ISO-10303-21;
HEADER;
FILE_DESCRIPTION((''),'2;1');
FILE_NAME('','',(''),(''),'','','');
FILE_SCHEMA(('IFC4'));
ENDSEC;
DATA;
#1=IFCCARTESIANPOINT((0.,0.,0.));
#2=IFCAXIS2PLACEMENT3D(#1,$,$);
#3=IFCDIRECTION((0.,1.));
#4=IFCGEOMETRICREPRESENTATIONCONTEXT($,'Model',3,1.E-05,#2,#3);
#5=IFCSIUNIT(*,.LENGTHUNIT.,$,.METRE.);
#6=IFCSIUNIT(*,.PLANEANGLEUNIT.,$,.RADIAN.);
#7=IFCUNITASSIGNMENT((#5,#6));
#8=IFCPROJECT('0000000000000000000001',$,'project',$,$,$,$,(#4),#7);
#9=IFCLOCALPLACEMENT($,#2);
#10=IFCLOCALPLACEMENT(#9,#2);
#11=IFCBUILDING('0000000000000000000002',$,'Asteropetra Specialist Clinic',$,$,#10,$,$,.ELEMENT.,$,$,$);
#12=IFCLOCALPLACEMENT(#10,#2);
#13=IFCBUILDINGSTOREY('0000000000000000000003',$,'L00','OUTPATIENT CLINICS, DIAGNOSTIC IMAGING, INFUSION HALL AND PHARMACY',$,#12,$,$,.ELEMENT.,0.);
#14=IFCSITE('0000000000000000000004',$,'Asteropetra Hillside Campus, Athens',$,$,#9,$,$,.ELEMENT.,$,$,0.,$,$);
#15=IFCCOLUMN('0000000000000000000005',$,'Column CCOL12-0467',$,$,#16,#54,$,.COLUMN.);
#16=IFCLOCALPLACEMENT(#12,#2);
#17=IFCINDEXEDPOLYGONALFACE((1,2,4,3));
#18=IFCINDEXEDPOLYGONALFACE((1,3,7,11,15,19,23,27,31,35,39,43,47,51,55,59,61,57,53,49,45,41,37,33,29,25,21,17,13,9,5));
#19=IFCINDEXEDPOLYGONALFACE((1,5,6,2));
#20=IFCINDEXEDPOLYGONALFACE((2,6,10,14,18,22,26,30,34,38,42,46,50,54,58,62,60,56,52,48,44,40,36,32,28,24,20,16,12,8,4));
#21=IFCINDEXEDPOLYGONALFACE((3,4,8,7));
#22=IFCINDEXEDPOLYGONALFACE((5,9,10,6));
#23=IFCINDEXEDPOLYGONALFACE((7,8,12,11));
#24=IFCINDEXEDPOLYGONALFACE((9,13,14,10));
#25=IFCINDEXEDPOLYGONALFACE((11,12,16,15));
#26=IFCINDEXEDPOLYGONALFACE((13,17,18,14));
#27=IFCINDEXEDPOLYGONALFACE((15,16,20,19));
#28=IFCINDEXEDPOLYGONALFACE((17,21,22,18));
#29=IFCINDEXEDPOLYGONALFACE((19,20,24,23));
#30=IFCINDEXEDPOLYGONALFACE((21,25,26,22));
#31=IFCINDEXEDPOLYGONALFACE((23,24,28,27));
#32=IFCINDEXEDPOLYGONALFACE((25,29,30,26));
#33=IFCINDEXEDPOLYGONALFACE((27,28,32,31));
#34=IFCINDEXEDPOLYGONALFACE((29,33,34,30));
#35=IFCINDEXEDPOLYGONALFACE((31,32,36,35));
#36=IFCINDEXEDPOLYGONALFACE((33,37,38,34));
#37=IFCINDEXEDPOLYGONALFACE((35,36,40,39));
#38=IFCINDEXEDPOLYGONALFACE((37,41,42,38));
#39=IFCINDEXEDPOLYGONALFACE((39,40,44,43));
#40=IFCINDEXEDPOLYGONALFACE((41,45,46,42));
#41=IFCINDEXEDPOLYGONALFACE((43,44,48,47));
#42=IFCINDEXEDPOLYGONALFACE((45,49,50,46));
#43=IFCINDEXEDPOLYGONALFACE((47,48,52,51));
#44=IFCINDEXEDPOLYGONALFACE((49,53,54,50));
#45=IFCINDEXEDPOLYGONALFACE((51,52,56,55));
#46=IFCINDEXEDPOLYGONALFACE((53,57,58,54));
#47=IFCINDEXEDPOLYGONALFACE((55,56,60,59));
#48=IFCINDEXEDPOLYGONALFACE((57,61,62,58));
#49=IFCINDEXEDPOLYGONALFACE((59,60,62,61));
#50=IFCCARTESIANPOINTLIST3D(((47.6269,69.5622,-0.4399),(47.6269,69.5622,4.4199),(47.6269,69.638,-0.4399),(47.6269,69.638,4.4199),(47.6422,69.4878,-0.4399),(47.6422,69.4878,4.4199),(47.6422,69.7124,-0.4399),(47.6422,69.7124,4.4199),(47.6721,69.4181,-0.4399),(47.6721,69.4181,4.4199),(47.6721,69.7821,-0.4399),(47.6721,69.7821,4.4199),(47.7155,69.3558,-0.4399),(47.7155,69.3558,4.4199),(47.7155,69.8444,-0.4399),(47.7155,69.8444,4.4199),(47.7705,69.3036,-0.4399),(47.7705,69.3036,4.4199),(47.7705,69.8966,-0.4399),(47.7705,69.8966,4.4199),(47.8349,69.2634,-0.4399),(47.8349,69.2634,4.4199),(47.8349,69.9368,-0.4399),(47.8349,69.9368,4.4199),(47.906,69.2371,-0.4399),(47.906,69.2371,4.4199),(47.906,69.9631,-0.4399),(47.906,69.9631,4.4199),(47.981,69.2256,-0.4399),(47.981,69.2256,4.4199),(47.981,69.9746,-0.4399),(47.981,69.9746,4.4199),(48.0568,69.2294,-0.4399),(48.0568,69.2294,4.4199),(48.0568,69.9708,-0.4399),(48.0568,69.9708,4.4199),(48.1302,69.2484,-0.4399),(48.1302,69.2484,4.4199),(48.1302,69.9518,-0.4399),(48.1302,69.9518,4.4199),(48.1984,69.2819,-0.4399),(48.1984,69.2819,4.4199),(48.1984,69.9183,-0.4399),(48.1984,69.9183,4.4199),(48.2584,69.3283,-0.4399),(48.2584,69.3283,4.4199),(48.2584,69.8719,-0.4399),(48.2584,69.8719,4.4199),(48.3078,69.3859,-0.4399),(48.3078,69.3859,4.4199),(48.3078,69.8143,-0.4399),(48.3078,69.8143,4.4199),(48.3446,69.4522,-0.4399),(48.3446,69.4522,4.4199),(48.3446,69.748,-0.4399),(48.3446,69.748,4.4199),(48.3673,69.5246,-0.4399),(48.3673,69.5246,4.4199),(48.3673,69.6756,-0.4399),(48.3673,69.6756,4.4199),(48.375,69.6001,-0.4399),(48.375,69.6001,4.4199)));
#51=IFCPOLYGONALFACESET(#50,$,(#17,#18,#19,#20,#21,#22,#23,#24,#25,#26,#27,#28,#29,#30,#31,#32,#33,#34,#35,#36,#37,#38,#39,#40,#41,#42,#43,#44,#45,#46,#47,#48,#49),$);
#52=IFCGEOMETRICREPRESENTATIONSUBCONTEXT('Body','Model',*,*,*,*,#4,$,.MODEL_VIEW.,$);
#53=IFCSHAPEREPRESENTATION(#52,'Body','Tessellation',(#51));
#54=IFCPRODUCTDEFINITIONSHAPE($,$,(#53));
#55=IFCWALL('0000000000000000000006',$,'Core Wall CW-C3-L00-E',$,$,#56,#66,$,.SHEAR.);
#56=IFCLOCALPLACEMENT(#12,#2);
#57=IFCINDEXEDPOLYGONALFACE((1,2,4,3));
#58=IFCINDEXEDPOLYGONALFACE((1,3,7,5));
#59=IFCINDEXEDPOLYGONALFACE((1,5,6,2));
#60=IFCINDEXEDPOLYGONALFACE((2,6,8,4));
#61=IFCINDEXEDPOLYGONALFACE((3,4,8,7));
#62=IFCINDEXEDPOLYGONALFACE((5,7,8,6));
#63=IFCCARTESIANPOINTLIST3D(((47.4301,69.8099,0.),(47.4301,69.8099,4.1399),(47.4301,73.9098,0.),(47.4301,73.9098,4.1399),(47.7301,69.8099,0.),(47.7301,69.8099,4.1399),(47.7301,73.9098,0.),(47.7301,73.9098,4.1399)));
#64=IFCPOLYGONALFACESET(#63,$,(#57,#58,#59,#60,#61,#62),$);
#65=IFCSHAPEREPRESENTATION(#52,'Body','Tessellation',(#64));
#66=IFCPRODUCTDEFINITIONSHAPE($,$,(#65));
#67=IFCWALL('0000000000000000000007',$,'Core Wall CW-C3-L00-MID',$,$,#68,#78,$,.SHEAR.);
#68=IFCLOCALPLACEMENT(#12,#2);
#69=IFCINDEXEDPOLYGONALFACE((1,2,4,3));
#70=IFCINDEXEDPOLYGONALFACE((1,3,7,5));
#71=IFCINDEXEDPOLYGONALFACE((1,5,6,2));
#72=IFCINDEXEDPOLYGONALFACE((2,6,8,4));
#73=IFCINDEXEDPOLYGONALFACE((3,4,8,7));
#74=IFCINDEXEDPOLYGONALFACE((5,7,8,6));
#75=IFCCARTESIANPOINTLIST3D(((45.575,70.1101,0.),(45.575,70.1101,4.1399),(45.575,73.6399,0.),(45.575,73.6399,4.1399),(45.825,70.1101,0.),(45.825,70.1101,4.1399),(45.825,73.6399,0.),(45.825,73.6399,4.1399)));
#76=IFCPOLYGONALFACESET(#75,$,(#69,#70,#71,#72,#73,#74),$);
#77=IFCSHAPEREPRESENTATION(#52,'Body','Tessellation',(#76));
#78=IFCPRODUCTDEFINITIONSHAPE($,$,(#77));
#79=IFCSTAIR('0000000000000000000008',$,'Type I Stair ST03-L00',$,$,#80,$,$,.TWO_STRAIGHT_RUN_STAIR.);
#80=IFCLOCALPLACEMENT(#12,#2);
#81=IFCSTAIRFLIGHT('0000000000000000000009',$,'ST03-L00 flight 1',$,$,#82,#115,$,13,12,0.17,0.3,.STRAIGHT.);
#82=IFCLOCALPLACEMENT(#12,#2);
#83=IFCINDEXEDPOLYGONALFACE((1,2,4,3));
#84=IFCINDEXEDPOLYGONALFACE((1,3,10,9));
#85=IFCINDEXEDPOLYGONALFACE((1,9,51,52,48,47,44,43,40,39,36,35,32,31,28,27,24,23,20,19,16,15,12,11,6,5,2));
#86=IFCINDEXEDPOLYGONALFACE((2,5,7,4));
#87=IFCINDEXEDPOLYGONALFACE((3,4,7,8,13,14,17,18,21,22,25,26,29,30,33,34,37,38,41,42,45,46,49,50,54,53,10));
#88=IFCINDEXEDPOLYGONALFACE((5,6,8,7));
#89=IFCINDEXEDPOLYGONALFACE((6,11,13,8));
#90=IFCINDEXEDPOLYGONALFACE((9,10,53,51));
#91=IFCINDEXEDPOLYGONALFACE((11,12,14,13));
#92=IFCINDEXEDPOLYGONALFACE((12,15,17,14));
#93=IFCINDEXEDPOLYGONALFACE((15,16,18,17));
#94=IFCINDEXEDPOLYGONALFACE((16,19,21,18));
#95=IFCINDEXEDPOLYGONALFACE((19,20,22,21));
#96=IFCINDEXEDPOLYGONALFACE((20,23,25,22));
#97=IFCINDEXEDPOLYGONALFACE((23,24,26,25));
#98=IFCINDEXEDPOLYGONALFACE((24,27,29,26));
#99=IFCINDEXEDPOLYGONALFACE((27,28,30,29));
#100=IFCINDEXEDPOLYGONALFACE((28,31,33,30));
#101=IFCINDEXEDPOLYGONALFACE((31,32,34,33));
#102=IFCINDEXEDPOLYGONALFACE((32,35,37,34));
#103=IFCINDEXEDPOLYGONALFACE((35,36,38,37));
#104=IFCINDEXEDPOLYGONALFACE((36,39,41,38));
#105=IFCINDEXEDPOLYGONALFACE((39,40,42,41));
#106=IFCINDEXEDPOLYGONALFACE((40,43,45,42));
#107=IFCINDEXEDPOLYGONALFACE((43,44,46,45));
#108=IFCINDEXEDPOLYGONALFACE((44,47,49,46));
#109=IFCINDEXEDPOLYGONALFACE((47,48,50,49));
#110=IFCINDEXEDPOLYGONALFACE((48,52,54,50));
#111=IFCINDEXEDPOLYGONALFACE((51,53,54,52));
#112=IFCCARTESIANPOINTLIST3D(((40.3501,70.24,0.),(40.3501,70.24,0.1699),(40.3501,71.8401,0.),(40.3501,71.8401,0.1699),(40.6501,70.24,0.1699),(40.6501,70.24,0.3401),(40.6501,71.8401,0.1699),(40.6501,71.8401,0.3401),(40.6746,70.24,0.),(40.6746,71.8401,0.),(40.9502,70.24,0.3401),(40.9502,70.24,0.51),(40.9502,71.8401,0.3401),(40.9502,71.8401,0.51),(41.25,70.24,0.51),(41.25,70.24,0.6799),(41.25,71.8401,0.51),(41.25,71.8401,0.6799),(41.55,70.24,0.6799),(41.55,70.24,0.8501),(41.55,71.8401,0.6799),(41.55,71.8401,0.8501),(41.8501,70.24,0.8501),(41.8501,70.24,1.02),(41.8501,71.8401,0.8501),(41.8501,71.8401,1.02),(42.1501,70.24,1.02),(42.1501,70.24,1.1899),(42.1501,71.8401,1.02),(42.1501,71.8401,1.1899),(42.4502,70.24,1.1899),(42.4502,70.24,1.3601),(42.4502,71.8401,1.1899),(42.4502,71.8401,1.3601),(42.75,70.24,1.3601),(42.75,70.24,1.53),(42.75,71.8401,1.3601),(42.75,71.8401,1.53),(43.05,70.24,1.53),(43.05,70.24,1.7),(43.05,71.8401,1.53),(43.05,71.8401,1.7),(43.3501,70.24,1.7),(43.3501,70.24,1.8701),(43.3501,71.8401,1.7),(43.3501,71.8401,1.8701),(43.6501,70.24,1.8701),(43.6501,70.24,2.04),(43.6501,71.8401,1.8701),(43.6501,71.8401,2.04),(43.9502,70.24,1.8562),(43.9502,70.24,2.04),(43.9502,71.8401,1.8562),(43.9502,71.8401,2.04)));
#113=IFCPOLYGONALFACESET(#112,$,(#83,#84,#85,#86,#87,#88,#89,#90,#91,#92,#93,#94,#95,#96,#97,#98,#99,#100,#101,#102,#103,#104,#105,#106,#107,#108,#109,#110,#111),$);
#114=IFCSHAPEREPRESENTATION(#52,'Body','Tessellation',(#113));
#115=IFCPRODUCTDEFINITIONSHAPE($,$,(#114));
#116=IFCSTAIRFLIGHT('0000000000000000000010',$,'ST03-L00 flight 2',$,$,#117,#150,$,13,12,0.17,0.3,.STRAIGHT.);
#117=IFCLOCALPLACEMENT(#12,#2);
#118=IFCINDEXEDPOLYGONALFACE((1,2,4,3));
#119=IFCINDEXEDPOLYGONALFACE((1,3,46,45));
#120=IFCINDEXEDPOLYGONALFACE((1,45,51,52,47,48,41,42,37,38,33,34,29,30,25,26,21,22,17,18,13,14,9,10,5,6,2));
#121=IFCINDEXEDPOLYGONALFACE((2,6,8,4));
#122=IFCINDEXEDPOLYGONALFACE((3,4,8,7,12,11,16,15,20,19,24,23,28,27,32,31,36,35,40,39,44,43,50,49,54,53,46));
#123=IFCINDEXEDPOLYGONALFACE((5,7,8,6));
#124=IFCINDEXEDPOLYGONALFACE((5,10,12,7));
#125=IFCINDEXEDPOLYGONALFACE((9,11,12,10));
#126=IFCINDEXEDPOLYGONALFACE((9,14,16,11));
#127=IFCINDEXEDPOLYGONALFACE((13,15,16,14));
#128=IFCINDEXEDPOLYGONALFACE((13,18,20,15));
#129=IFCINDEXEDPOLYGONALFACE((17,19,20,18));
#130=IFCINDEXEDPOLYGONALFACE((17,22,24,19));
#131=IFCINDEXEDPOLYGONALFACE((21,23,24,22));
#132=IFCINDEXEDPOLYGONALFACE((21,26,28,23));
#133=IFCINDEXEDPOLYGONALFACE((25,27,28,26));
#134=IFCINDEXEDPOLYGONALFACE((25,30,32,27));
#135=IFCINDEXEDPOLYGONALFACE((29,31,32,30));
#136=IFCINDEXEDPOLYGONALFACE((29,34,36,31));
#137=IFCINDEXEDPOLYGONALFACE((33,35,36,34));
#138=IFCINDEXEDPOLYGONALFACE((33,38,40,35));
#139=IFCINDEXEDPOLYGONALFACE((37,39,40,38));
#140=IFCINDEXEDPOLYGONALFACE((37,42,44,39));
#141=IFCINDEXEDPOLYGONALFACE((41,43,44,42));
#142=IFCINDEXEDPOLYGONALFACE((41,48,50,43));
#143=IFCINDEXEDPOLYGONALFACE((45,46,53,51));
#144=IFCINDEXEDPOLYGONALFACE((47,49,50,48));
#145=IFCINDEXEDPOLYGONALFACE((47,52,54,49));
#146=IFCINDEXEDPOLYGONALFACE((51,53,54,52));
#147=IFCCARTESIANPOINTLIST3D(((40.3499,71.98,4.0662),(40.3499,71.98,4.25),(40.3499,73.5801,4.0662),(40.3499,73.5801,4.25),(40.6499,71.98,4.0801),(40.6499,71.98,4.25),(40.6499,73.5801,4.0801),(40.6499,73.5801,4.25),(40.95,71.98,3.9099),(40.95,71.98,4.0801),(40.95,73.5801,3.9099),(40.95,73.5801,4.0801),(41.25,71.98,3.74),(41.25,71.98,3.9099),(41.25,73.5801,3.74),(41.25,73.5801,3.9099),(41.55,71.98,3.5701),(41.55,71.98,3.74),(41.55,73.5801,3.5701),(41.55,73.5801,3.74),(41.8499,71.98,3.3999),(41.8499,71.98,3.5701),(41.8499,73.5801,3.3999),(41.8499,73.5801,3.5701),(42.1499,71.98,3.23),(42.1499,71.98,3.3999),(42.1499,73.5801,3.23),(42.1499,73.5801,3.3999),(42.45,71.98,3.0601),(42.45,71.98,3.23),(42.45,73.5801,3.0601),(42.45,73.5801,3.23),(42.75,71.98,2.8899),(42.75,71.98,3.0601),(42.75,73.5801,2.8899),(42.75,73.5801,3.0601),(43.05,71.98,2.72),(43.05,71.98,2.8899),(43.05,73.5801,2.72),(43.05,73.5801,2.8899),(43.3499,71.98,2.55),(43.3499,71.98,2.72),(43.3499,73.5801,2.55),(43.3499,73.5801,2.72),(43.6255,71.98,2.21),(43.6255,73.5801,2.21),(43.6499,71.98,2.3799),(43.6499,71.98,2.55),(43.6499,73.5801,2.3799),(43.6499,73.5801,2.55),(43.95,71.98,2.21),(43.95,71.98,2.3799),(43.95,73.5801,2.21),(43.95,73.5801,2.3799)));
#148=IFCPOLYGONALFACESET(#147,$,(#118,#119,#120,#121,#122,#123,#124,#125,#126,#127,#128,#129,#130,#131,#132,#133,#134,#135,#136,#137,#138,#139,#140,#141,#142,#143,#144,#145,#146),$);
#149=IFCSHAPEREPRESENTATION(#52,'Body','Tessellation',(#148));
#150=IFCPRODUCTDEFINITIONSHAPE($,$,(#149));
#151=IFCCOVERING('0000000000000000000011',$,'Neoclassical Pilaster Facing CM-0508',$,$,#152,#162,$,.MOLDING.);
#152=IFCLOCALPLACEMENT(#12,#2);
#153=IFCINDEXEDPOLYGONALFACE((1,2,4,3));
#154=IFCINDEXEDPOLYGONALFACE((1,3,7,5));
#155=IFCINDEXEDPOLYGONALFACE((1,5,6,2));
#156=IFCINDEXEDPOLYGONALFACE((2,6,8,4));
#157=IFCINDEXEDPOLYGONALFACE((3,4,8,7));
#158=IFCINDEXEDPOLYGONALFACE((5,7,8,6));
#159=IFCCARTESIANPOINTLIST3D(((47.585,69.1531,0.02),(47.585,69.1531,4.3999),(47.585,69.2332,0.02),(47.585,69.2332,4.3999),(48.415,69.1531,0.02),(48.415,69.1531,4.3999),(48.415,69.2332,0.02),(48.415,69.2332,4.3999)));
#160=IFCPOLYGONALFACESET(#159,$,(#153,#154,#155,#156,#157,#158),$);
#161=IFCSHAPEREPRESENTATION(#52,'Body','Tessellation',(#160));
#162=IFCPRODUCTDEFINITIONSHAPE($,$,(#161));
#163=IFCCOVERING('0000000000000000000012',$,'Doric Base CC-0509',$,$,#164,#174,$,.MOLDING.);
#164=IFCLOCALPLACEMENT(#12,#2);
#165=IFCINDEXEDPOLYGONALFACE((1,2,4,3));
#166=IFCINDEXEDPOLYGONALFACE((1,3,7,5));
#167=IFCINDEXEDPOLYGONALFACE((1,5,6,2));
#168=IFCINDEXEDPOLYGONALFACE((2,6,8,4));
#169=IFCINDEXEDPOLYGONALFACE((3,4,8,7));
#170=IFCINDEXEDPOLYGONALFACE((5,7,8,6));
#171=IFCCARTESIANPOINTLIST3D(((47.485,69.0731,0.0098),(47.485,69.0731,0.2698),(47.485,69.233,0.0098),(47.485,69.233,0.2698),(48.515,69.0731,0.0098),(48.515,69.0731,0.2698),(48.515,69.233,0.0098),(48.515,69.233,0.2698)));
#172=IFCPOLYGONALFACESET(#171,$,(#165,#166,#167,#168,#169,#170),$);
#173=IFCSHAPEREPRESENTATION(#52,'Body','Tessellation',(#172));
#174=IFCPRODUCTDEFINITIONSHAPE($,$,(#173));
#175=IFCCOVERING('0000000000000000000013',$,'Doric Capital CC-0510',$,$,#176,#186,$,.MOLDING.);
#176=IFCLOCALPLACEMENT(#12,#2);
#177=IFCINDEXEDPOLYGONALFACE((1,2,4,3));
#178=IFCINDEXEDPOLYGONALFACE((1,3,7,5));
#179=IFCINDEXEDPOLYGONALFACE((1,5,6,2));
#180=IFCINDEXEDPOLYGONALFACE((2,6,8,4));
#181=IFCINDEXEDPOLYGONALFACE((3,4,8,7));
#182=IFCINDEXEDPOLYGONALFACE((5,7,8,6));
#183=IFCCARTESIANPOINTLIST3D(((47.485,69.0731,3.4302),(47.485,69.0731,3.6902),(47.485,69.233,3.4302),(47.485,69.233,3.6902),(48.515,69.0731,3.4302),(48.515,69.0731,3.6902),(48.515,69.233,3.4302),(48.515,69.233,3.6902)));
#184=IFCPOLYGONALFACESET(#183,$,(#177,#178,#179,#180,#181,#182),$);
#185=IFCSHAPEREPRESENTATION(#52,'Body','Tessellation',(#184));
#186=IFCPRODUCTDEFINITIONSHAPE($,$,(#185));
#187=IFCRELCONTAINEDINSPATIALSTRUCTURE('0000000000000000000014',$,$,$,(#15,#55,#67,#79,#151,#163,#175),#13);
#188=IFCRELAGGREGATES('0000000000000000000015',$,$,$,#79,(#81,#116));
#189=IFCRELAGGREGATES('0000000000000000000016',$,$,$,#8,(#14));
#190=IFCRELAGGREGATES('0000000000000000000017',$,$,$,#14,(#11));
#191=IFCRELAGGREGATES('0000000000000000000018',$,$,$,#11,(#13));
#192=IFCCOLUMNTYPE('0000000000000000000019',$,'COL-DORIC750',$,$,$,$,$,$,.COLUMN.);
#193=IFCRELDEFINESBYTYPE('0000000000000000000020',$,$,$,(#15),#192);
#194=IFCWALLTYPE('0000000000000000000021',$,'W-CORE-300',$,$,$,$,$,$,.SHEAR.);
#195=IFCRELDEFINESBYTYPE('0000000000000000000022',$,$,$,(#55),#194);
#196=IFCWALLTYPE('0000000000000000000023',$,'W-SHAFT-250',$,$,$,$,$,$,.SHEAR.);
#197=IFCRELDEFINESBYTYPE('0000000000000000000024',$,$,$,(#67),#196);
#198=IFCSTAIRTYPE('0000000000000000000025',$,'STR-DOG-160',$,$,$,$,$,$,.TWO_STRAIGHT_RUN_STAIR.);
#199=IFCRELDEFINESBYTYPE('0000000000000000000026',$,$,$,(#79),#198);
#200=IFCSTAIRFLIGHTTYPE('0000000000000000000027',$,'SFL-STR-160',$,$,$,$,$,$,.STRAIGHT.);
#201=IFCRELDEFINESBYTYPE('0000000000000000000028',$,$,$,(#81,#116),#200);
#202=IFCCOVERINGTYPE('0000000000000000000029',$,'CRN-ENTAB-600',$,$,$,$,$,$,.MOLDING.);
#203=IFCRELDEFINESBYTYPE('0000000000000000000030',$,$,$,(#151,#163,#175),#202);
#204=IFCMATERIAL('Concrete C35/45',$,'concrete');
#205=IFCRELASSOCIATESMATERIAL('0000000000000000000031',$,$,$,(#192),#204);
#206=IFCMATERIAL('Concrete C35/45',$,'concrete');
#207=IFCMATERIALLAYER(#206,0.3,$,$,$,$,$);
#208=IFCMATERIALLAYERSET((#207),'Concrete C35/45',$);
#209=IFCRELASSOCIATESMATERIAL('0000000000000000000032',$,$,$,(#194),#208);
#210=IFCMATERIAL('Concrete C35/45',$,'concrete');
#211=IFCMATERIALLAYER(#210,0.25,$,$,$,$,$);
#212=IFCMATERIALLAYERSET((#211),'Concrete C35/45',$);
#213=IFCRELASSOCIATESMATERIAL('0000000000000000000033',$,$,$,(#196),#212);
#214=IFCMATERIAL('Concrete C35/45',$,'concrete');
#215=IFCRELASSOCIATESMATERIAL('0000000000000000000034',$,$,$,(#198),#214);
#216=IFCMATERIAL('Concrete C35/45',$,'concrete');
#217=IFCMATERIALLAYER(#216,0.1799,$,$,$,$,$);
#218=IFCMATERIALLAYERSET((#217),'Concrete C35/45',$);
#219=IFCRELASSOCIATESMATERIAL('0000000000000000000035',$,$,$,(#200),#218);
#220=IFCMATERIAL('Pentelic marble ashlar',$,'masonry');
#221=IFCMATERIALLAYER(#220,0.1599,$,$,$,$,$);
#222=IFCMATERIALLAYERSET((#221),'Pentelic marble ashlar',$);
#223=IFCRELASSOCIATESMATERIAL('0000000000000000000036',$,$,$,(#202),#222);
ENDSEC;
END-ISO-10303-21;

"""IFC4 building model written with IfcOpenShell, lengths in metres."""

from ifc_helpers import new_model, si_unit, direction, frame, frame_2d, origin, origin_2d, place, context, subcontext, project, spatial, polyline, rectangle, circle, outline, extrude, material, layer, layer_set, material_profile, profile_set, type_object, element, aggregate, save


model = new_model("IFC4")

# Units and contexts
model_context = context("Model", 3, precision=1e-05, world=origin(), true_north=direction((0.0, 1.0)))
body_context = subcontext(model_context, "Body", "Model", "MODEL_VIEW")
ifc_project = project(units=[si_unit("LENGTHUNIT", "METRE"), si_unit("PLANEANGLEUNIT", "RADIAN")], contexts=[model_context])

# Site, building, storey
site_placement = place(None, origin())
site = spatial("IfcSite", under=ifc_project, at=site_placement, Name="Asteropetra Hillside Campus, Athens", CompositionType="ELEMENT", RefElevation=0.0)
building_placement = place(site_placement, origin())
building = spatial("IfcBuilding", under=site, at=building_placement, Name="Asteropetra Specialist Clinic", CompositionType="ELEMENT")
storey_placement = place(building_placement, origin())
storey = spatial("IfcBuildingStorey", under=building, at=storey_placement, Name="L00", Description="OUTPATIENT CLINICS, DIAGNOSTIC IMAGING, INFUSION HALL AND PHARMACY", CompositionType="ELEMENT", Elevation=0.0)

# Column
ifc_material_1 = material(Name="Concrete C35/45", Category="concrete")
ifc_material_profile_1 = material_profile(ifc_material_1, circle(Radius=0.375, at=origin_2d()), Name="RCC D750")
ifc_profile_set_1 = profile_set([ifc_material_profile_1], Name="Concrete C35/45")
column_type = type_object("IfcColumnType", Name="COL-DORIC750", PredefinedType="COLUMN", material=ifc_profile_set_1)
column_placement = place(storey_placement, frame((48.0, 69.6001, -0.4399), z_axis=(0.0, 0.0, 1.0), x_axis=(1.0, 0.0, 0.0)))
element("IfcColumn", 1, at=column_placement, inside=storey, type_object=column_type, Name="Column CCOL12-0467", PredefinedType="COLUMN", context=body_context, shape_type="SweptSolid", body=[
    extrude(circle(Radius=0.375, at=origin_2d()), origin(), (0.0, 0.0, 1.0), 4.8599),
])

# Walls
ifc_material_2 = material(Name="Concrete C35/45", Category="concrete")
ifc_layer_1 = layer(ifc_material_2, 0.3)
ifc_layer_set_1 = layer_set([ifc_layer_1], Name="Concrete C35/45")
wall_type_1 = type_object("IfcWallType", Name="W-CORE-300", PredefinedType="SHEAR", material=ifc_layer_set_1)
wall_1_placement = place(storey_placement, frame((47.5801, 69.8101, 0.0), z_axis=(0.0, 0.0, 1.0), x_axis=(0.0, 1.0, 0.0)))
element("IfcWall", 2, at=wall_1_placement, inside=storey, type_object=wall_type_1, Name="Core Wall CW-C3-L00-E", PredefinedType="SHEAR", context=body_context, shape_type="SweptSolid", body=[
    extrude(rectangle(XDim=4.0999, YDim=0.3, at=frame_2d((2.0498, 0.0))), origin(), (0.0, 0.0, 1.0), 4.1399),
])
ifc_material_3 = material(Name="Concrete C35/45", Category="concrete")
ifc_layer_2 = layer(ifc_material_3, 0.25)
ifc_layer_set_2 = layer_set([ifc_layer_2], Name="Concrete C35/45")
wall_type_2 = type_object("IfcWallType", Name="W-SHAFT-250", PredefinedType="SHEAR", material=ifc_layer_set_2)
wall_2_placement = place(storey_placement, frame((45.7, 70.1101, 0.0), z_axis=(0.0, 0.0, 1.0), x_axis=(0.0, 1.0, 0.0)))
element("IfcWall", 3, at=wall_2_placement, inside=storey, type_object=wall_type_2, Name="Core Wall CW-C3-L00-MID", PredefinedType="SHEAR", context=body_context, shape_type="SweptSolid", body=[
    extrude(rectangle(XDim=3.5298, YDim=0.25, at=frame_2d((1.7649, 0.0))), origin(), (0.0, 0.0, 1.0), 4.1399),
])

# Stair, stair flights
ifc_material_4 = material(Name="Concrete C35/45", Category="concrete")
stair_type = type_object("IfcStairType", Name="STR-DOG-160", PredefinedType="TWO_STRAIGHT_RUN_STAIR", material=ifc_material_4)
stair_placement = place(storey_placement, origin())
stair = element("IfcStair", 4, at=stair_placement, inside=storey, type_object=stair_type, Name="Type I Stair ST03-L00", PredefinedType="TWO_STRAIGHT_RUN_STAIR")
ifc_material_5 = material(Name="Concrete C35/45", Category="concrete")
ifc_layer_3 = layer(ifc_material_5, 0.1799)
ifc_layer_set_3 = layer_set([ifc_layer_3], Name="Concrete C35/45")
stair_flight_type = type_object("IfcStairFlightType", Name="SFL-STR-160", PredefinedType="STRAIGHT", material=ifc_layer_set_3)
stair_flight_1_placement = place(storey_placement, frame((40.3501, 71.04, 0.0), z_axis=(0.0, 0.0, 1.0), x_axis=(1.0, 0.0, 0.0)))
stair_flight_1 = element("IfcStairFlight", 5, at=stair_flight_1_placement, type_object=stair_flight_type, Name="ST03-L00 flight 1", NumberOfRisers=13, NumberOfTreads=12, PredefinedType="STRAIGHT", RiserHeight=0.17, TreadLength=0.3, context=body_context, shape_type="SweptSolid", body=[
    extrude(outline(polyline([(0.0, 0.0), (0.0, 0.1699), (0.3, 0.1699), (0.3, 0.3401), (0.6001, 0.3401), (0.6001, 0.51), (0.8999, 0.51), (0.8999, 0.6799), (1.2, 0.6799), (1.2, 0.8501), (1.5, 0.8501), (1.5, 1.02), (1.8, 1.02), (1.8, 1.1899), (2.1001, 1.1899), (2.1001, 1.3601), (2.3999, 1.3601), (2.3999, 1.53), (2.7, 1.53), (2.7, 1.7), (3.0, 1.7), (3.0, 1.8701), (3.3, 1.8701), (3.3, 2.04), (3.6001, 2.04), (3.6001, 2.21), (3.6001, 1.8562), (0.3245, 0.0), (0.0, 0.0)])), frame((0.0, 0.8, 0.0), z_axis=(0.0, -1.0, 0.0), x_axis=(1.0, 0.0, 0.0)), (0.0, 0.0, 1.0), 1.6001),
])
stair_flight_2_placement = place(storey_placement, frame((43.95, 72.78, 2.21), z_axis=(0.0, 0.0, 1.0), x_axis=(-1.0, 0.0, 0.0)))
stair_flight_2 = element("IfcStairFlight", 6, at=stair_flight_2_placement, type_object=stair_flight_type, Name="ST03-L00 flight 2", NumberOfRisers=13, NumberOfTreads=12, PredefinedType="STRAIGHT", RiserHeight=0.17, TreadLength=0.3, context=body_context, shape_type="SweptSolid", body=[
    extrude(outline(polyline([(0.0, 0.0), (0.0, 0.1699), (0.3, 0.1699), (0.3, 0.3401), (0.6001, 0.3401), (0.6001, 0.51), (0.8999, 0.51), (0.8999, 0.6799), (1.2, 0.6799), (1.2, 0.8501), (1.5, 0.8501), (1.5, 1.02), (1.8, 1.02), (1.8, 1.1899), (2.1001, 1.1899), (2.1001, 1.3601), (2.3999, 1.3601), (2.3999, 1.53), (2.7, 1.53), (2.7, 1.7), (3.0, 1.7), (3.0, 1.8701), (3.3, 1.8701), (3.3, 2.04), (3.6001, 2.04), (3.6001, 2.21), (3.6001, 1.8562), (0.3245, 0.0), (0.0, 0.0)])), frame((0.0, 0.8, 0.0), z_axis=(0.0, -1.0, 0.0), x_axis=(1.0, 0.0, 0.0)), (0.0, 0.0, 1.0), 1.6001),
])
aggregate(stair, [stair_flight_1, stair_flight_2])

# Coverings
ifc_material_6 = material(Name="Pentelic marble ashlar", Category="masonry")
ifc_layer_4 = layer(ifc_material_6, 0.1599)
ifc_layer_set_4 = layer_set([ifc_layer_4], Name="Pentelic marble ashlar")
covering_type = type_object("IfcCoveringType", Name="CRN-ENTAB-600", PredefinedType="MOLDING", material=ifc_layer_set_4)
covering_1_placement = place(storey_placement, frame((48.0, 69.1931, 0.02), z_axis=(0.0, 0.0, 1.0), x_axis=(1.0, 0.0, 0.0)))
element("IfcCovering", 7, at=covering_1_placement, inside=storey, type_object=covering_type, Name="Neoclassical Pilaster Facing CM-0508", PredefinedType="MOLDING", context=body_context, shape_type="SweptSolid", body=[
    extrude(rectangle(XDim=0.8301, YDim=0.0801, at=origin_2d()), origin(), (0.0, 0.0, 1.0), 4.3799),
])
for number, where, z_axis, x_axis, name in (
    (8, (48.0, 69.1531, 0.0098), (0.0, 0.0, 1.0), (1.0, 0.0, 0.0), "Doric Base CC-0509"),
    (9, (48.0, 69.1531, 3.4302), (0.0, 0.0, 1.0), (1.0, 0.0, 0.0), "Doric Capital CC-0510"),
):
    element("IfcCovering", number, at=place(storey_placement, frame(where, z_axis=z_axis, x_axis=x_axis)), inside=storey, type_object=covering_type, Name=name, PredefinedType="MOLDING", context=body_context, shape_type="SweptSolid", body=[
        extrude(rectangle(XDim=1.03, YDim=0.1599, at=origin_2d()), origin(), (0.0, 0.0, 1.0), 0.26),
    ])

save(model, "model.ifc")
